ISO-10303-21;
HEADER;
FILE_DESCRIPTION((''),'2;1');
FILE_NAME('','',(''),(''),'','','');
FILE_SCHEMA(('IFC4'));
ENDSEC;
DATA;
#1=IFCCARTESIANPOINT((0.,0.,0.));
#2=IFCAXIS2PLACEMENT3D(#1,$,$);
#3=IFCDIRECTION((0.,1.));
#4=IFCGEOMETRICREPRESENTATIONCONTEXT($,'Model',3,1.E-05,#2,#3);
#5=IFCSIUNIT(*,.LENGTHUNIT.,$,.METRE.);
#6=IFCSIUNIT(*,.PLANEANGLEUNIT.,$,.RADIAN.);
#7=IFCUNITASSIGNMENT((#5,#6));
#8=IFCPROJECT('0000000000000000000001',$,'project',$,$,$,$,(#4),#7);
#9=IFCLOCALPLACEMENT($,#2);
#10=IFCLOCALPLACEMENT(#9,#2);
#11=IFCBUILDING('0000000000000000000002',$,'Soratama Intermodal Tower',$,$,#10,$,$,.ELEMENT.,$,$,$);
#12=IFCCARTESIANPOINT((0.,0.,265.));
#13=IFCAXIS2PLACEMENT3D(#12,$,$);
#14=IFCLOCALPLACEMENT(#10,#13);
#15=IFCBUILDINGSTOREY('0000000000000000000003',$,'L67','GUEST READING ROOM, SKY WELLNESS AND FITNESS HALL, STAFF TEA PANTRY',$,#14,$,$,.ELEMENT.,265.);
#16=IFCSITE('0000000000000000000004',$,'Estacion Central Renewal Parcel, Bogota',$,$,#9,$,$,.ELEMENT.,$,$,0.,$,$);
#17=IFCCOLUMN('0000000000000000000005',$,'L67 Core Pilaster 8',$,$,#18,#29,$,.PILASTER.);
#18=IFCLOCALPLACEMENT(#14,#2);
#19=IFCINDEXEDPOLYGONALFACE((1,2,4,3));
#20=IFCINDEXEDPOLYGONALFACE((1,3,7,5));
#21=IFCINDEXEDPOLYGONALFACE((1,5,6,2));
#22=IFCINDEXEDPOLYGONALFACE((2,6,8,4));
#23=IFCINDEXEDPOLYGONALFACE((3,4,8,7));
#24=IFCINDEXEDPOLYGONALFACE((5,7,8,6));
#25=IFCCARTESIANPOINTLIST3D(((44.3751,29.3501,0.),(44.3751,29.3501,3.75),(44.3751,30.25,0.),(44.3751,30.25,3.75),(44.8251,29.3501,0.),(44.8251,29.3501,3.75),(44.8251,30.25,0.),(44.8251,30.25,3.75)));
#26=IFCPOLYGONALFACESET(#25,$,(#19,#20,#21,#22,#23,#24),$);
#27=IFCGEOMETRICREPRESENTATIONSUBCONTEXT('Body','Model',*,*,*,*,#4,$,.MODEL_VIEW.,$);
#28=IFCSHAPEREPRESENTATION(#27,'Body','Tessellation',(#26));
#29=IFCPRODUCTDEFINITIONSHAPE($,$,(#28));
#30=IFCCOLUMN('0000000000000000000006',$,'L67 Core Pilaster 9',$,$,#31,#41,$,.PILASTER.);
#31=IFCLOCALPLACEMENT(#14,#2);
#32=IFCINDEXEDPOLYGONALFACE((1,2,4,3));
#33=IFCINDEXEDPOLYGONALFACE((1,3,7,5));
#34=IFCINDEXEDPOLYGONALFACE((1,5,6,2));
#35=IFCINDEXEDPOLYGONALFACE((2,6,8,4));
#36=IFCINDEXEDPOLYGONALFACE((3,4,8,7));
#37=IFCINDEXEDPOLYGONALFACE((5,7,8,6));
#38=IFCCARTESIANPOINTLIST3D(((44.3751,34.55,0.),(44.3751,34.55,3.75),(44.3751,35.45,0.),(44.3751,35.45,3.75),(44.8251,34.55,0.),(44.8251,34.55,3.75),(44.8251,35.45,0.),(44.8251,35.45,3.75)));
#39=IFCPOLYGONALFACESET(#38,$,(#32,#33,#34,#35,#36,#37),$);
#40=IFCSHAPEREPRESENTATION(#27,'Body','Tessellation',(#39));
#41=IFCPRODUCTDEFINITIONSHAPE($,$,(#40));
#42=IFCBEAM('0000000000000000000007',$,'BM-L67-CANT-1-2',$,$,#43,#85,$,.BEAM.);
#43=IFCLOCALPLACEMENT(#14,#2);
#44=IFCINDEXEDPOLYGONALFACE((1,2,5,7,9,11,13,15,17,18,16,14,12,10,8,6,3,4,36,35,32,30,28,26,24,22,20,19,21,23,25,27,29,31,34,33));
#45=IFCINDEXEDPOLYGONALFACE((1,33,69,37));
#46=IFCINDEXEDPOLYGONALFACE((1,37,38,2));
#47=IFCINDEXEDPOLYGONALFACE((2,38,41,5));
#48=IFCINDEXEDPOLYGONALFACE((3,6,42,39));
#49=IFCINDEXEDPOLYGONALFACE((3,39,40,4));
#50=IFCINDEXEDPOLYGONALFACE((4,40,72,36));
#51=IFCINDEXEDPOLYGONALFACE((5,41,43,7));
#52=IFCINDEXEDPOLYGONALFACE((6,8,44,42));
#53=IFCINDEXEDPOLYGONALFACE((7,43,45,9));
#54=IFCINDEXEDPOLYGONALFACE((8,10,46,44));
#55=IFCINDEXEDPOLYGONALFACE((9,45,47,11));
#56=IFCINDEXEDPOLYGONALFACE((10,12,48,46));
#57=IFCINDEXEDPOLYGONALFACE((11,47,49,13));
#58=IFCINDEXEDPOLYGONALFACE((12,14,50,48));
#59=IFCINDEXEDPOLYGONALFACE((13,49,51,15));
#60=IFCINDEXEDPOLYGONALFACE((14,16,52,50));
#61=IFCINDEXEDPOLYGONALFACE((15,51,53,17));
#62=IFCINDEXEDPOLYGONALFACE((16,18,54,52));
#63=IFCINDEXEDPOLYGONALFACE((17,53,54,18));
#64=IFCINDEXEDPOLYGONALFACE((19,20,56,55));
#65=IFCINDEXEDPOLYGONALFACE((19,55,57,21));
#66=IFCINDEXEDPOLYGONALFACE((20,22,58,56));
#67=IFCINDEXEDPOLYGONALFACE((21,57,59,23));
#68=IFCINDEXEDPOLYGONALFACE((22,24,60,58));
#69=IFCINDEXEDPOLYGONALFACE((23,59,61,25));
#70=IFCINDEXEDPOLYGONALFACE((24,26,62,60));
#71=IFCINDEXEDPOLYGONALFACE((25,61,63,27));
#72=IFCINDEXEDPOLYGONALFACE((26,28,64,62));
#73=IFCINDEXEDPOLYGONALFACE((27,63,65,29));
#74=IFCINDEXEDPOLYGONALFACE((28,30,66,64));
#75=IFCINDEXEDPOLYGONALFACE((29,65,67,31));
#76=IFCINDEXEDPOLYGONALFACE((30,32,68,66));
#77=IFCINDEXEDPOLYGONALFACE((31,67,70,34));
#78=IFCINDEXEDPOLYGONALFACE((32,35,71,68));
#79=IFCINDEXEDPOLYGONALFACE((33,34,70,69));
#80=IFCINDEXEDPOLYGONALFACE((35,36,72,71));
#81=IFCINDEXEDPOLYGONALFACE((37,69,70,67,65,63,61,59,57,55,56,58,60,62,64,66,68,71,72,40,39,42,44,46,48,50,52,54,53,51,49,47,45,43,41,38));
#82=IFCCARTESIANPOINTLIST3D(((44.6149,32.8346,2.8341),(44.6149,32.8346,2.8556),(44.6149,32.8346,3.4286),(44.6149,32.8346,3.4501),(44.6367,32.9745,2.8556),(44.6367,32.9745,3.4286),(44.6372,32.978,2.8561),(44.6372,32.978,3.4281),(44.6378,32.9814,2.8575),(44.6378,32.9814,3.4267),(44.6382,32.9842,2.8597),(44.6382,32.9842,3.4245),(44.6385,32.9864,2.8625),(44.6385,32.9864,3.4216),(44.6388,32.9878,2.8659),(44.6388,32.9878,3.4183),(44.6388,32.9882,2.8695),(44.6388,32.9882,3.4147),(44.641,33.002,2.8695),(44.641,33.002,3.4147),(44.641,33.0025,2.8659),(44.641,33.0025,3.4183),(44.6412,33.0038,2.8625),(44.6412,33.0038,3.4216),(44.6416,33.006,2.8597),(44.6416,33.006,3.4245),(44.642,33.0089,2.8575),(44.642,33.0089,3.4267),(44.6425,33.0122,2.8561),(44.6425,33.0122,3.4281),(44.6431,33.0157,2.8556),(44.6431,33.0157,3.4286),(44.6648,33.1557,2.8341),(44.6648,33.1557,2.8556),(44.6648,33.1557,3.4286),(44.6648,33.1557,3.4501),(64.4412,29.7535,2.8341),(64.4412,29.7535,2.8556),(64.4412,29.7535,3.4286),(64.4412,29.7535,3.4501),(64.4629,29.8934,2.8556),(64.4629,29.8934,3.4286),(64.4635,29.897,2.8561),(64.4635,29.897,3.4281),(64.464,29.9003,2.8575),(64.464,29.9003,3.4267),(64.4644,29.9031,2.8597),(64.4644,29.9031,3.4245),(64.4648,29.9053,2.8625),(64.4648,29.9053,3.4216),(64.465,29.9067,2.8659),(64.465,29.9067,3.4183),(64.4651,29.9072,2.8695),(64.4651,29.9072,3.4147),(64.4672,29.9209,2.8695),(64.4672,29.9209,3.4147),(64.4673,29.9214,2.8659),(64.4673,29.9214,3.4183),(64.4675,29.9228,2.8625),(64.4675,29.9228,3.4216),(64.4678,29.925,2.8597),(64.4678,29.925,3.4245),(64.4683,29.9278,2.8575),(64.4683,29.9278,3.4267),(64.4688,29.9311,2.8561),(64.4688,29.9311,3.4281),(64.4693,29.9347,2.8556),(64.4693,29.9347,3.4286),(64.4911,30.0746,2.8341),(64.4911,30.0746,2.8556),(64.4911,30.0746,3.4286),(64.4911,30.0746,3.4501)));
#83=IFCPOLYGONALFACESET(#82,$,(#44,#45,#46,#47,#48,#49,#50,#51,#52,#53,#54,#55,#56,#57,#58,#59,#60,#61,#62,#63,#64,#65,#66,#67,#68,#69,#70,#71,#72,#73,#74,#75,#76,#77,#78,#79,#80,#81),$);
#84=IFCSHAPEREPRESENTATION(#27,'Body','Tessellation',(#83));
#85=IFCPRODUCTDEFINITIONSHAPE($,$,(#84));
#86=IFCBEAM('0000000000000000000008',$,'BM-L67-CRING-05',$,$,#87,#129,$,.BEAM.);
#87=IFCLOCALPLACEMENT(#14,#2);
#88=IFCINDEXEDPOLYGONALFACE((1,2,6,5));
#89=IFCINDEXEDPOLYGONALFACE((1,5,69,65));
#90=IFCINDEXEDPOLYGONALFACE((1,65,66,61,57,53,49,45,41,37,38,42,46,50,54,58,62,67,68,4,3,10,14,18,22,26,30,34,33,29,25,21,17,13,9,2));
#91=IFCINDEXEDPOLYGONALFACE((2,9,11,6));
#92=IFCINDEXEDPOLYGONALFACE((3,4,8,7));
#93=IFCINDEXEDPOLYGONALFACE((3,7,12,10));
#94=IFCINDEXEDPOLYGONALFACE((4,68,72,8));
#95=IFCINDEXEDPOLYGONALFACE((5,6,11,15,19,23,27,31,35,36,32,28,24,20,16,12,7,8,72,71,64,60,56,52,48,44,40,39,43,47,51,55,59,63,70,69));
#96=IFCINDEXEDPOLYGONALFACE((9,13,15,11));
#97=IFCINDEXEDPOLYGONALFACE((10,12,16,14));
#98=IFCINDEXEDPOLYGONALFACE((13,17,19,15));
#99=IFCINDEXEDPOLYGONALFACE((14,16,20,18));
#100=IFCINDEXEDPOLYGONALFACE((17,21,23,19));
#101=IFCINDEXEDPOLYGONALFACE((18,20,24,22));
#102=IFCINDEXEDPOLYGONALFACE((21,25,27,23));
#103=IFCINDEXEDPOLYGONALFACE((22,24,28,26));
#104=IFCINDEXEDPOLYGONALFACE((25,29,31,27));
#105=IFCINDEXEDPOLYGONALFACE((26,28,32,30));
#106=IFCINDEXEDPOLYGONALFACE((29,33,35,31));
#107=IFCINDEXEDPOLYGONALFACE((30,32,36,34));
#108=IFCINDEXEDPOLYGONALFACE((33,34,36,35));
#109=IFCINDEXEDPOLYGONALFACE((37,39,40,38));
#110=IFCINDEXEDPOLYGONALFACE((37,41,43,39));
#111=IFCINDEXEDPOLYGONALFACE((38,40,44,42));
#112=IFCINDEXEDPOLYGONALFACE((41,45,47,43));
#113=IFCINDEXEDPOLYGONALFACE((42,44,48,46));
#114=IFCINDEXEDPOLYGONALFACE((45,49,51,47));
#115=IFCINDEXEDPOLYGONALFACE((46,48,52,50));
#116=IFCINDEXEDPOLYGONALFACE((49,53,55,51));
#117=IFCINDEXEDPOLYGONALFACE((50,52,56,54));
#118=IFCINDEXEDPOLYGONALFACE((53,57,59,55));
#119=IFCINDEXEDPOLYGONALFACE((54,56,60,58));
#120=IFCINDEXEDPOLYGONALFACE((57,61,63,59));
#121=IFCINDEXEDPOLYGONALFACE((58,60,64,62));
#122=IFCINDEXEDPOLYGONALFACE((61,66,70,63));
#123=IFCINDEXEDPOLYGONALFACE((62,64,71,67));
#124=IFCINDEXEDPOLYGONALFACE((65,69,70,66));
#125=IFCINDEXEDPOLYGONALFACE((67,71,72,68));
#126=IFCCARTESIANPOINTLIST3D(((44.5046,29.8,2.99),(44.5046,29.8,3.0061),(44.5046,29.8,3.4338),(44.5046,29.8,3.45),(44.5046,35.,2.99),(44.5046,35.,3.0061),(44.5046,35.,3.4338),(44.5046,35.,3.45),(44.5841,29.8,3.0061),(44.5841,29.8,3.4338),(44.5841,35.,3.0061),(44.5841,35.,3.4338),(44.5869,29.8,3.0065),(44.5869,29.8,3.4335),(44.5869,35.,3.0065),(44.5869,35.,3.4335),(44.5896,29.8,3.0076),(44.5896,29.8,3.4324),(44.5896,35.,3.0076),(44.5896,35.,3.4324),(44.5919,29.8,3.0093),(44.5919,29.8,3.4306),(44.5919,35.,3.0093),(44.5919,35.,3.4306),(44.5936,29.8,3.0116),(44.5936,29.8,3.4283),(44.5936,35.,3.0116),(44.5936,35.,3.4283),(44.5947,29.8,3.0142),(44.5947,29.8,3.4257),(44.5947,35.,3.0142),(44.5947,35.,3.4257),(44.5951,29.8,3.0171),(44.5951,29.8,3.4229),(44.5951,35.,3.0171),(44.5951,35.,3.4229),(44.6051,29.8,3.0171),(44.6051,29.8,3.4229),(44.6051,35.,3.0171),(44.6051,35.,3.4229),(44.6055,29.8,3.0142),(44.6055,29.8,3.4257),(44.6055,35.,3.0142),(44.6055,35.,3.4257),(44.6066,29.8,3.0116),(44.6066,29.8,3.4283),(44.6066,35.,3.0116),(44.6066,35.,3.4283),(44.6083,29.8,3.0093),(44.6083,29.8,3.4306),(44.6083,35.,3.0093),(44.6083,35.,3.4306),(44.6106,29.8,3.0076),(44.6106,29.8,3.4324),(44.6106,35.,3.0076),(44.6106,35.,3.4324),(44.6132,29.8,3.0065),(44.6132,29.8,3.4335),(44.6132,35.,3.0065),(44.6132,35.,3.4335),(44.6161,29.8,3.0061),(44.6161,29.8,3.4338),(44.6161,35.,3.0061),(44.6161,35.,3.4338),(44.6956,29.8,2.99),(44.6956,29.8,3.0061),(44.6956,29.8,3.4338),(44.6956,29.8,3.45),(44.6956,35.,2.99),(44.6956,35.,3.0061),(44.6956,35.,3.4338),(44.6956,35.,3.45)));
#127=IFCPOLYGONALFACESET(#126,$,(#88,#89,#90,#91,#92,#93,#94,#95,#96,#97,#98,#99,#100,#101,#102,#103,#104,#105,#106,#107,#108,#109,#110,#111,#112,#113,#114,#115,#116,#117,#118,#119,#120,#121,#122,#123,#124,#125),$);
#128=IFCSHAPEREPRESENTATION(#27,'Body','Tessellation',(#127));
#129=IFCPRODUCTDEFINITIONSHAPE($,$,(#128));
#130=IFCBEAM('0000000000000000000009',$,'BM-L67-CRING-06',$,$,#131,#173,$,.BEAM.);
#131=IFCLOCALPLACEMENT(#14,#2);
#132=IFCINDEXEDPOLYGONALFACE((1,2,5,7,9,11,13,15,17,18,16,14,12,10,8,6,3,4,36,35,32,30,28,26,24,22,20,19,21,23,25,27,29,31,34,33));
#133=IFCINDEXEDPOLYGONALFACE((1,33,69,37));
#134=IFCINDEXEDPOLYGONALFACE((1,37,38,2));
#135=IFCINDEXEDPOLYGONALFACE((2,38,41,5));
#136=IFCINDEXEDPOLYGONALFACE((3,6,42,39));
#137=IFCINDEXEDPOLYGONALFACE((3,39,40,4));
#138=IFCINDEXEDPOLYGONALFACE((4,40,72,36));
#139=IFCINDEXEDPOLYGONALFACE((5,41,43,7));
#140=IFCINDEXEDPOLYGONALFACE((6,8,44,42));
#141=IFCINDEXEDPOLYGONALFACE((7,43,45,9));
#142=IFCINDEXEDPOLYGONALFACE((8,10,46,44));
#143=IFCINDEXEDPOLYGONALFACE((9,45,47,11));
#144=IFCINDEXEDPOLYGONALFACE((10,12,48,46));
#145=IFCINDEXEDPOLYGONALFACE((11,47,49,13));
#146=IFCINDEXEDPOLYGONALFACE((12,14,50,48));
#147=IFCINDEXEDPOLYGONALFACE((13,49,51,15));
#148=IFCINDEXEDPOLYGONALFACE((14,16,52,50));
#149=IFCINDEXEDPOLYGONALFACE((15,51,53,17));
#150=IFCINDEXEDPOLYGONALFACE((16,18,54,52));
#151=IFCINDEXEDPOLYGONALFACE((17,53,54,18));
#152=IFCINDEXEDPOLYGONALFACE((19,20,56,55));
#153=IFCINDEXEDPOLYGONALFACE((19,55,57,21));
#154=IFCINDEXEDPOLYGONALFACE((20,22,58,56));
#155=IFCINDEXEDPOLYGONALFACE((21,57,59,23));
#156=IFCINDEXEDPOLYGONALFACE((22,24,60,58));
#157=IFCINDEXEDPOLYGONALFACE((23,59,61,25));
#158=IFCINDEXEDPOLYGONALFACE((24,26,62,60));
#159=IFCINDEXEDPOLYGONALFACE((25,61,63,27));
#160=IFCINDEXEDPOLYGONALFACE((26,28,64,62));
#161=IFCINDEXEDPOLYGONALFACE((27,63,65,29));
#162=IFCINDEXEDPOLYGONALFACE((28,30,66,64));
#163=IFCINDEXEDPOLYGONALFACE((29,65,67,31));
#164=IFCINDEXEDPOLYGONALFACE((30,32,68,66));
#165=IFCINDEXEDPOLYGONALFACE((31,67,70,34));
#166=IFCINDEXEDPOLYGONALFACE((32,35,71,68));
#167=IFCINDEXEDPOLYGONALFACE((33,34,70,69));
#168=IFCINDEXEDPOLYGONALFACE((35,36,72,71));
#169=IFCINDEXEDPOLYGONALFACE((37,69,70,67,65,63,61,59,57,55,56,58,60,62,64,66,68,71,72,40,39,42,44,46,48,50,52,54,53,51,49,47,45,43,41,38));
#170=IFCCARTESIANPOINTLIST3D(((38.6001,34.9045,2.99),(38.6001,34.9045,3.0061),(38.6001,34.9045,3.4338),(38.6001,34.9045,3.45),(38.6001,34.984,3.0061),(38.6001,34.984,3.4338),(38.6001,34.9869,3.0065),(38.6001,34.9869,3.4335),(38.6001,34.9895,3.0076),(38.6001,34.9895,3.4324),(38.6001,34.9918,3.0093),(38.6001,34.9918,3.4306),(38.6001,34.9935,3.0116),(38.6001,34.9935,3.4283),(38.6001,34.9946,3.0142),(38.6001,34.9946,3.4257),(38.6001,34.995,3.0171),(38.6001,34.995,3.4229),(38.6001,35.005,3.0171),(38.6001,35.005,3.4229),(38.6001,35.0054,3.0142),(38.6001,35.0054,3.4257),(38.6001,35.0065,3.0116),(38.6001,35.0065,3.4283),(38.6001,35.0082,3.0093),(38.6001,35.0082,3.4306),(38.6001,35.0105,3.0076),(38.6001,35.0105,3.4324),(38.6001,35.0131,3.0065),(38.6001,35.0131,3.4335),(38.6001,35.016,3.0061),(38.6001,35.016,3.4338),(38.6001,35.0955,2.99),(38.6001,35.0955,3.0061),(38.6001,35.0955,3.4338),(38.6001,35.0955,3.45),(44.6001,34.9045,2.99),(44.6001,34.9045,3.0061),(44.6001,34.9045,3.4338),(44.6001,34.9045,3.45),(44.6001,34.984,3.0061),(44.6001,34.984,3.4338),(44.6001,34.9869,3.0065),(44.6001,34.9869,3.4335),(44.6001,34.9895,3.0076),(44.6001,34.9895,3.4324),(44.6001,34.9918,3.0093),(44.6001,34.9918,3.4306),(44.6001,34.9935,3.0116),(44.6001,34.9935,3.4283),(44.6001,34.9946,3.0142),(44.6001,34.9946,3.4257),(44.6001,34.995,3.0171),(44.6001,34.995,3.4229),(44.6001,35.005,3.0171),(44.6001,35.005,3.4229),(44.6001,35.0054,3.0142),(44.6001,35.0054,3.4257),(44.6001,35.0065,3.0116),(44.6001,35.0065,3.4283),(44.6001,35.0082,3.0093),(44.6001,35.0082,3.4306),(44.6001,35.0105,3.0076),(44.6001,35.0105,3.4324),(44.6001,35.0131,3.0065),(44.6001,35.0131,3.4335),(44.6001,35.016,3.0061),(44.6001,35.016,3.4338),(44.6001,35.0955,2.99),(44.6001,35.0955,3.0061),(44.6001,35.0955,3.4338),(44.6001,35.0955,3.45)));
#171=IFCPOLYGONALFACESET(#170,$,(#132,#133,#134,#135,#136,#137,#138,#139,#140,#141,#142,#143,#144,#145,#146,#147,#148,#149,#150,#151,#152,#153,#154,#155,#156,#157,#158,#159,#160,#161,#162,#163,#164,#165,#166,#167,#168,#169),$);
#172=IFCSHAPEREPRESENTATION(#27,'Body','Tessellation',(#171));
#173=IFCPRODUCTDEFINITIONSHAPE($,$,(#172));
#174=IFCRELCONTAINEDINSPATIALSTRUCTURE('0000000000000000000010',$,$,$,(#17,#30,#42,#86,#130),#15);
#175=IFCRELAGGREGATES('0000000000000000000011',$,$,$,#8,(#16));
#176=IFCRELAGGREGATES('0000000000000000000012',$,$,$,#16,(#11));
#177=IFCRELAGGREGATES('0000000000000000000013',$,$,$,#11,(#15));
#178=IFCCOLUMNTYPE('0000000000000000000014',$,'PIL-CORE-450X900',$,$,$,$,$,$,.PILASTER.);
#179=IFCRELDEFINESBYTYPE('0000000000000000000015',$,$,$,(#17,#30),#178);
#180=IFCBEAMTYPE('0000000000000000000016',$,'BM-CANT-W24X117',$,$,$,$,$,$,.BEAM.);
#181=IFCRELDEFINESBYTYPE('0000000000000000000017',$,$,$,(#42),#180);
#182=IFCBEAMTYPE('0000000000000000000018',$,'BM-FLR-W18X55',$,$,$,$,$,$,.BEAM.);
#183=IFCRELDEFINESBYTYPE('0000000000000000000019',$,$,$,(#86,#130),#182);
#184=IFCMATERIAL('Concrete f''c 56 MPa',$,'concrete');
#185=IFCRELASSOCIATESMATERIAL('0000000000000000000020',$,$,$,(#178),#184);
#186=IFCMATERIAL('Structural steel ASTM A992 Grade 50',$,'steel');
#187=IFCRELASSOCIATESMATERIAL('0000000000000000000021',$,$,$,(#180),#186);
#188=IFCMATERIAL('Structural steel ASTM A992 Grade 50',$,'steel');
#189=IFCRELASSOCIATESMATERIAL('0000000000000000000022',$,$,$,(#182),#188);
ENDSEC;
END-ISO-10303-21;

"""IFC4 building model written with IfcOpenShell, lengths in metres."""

from ifc_helpers import new_model, si_unit, direction, frame, origin, origin_2d, place, context, subcontext, project, spatial, rectangle, i_section, extrude, material, material_profile, profile_set, type_object, element, save


model = new_model("IFC4")

# Units and contexts
model_context = context("Model", 3, precision=1e-05, world=origin(), true_north=direction((0.0, 1.0)))
body_context = subcontext(model_context, "Body", "Model", "MODEL_VIEW")
ifc_project = project(units=[si_unit("LENGTHUNIT", "METRE"), si_unit("PLANEANGLEUNIT", "RADIAN")], contexts=[model_context])

# Site, building, storey
site_placement = place(None, origin())
site = spatial("IfcSite", under=ifc_project, at=site_placement, Name="Estacion Central Renewal Parcel, Bogota", CompositionType="ELEMENT", RefElevation=0.0)
building_placement = place(site_placement, origin())
building = spatial("IfcBuilding", under=site, at=building_placement, Name="Soratama Intermodal Tower", CompositionType="ELEMENT")
storey_placement = place(building_placement, frame((0.0, 0.0, 265.0)))
storey = spatial("IfcBuildingStorey", under=building, at=storey_placement, Name="L67", Description="GUEST READING ROOM, SKY WELLNESS AND FITNESS HALL, STAFF TEA PANTRY", CompositionType="ELEMENT", Elevation=265.0)

# Columns
ifc_material_1 = material(Name="Concrete f'c 56 MPa", Category="concrete")
ifc_material_profile_1 = material_profile(ifc_material_1, rectangle(XDim=0.45, YDim=0.8999, at=origin_2d()), Name="RC450X900")
ifc_profile_set_1 = profile_set([ifc_material_profile_1], Name="Concrete f'c 56 MPa")
column_type = type_object("IfcColumnType", Name="PIL-CORE-450X900", PredefinedType="PILASTER", material=ifc_profile_set_1)
for number, where, z_axis, x_axis, name in (
    (1, (44.6001, 29.8, 0.0), (0.0, 0.0, 1.0), (1.0, 0.0, 0.0), "L67 Core Pilaster 8"),
    (2, (44.6001, 35.0, 0.0), (0.0, 0.0, 1.0), (1.0, 0.0, 0.0), "L67 Core Pilaster 9"),
):
    element("IfcColumn", number, at=place(storey_placement, frame(where, z_axis=z_axis, x_axis=x_axis)), inside=storey, type_object=column_type, Name=name, PredefinedType="PILASTER", context=body_context, shape_type="SweptSolid", body=[
        extrude(rectangle(XDim=0.45, YDim=0.8999, at=origin_2d()), origin(), (0.0, 0.0, 1.0), 3.75),
    ])

# Beams
ifc_material_2 = material(Name="Structural steel ASTM A992 Grade 50", Category="steel")
ifc_material_profile_2 = material_profile(ifc_material_2, i_section(OverallWidth=0.325, OverallDepth=0.616, WebThickness=0.0139, FlangeThickness=0.0215, FilletRadius=0.0139, at=origin_2d()), Name="W24X117")
ifc_profile_set_2 = profile_set([ifc_material_profile_2], Name="Structural steel ASTM A992 Grade 50")
beam_type_1 = type_object("IfcBeamType", Name="BM-CANT-W24X117", PredefinedType="BEAM", material=ifc_profile_set_2)
beam_1_placement = place(storey_placement, frame((44.6399, 32.9951, 3.1421), z_axis=(0.988139, -0.15356, 0.0), x_axis=(0.15356, 0.988139, 0.0)))
element("IfcBeam", 3, at=beam_1_placement, inside=storey, type_object=beam_type_1, Name="BM-L67-CANT-1-2", PredefinedType="BEAM", context=body_context, shape_type="SweptSolid", body=[
    extrude(i_section(OverallWidth=0.325, OverallDepth=0.616, WebThickness=0.0139, FlangeThickness=0.0215, FilletRadius=0.0139, at=origin_2d()), origin(), (0.0, 0.0, 1.0), 20.0642),
])
ifc_material_3 = material(Name="Structural steel ASTM A992 Grade 50", Category="steel")
ifc_material_profile_3 = material_profile(ifc_material_3, i_section(OverallWidth=0.1909, OverallDepth=0.46, WebThickness=0.01, FlangeThickness=0.0161, FilletRadius=0.011, at=origin_2d()), Name="W18X55")
ifc_profile_set_3 = profile_set([ifc_material_profile_3], Name="Structural steel ASTM A992 Grade 50")
beam_type_2 = type_object("IfcBeamType", Name="BM-FLR-W18X55", PredefinedType="BEAM", material=ifc_profile_set_3)
beam_2_placement = place(storey_placement, frame((44.6001, 29.8, 3.22), z_axis=(0.0, 1.0, 0.0), x_axis=(-1.0, 0.0, 0.0)))
element("IfcBeam", 4, at=beam_2_placement, inside=storey, type_object=beam_type_2, Name="BM-L67-CRING-05", PredefinedType="BEAM", context=body_context, shape_type="SweptSolid", body=[
    extrude(i_section(OverallWidth=0.1909, OverallDepth=0.46, WebThickness=0.01, FlangeThickness=0.0161, FilletRadius=0.011, at=origin_2d()), origin(), (0.0, 0.0, 1.0), 5.2),
])
beam_3_placement = place(storey_placement, frame((44.6001, 35.0, 3.22), z_axis=(-1.0, 0.0, 0.0), x_axis=(0.0, -1.0, 0.0)))
element("IfcBeam", 5, at=beam_3_placement, inside=storey, type_object=beam_type_2, Name="BM-L67-CRING-06", PredefinedType="BEAM", context=body_context, shape_type="SweptSolid", body=[
    extrude(i_section(OverallWidth=0.1909, OverallDepth=0.46, WebThickness=0.01, FlangeThickness=0.0161, FilletRadius=0.011, at=origin_2d()), origin(), (0.0, 0.0, 1.0), 6.0),
])

save(model, "model.ifc")
